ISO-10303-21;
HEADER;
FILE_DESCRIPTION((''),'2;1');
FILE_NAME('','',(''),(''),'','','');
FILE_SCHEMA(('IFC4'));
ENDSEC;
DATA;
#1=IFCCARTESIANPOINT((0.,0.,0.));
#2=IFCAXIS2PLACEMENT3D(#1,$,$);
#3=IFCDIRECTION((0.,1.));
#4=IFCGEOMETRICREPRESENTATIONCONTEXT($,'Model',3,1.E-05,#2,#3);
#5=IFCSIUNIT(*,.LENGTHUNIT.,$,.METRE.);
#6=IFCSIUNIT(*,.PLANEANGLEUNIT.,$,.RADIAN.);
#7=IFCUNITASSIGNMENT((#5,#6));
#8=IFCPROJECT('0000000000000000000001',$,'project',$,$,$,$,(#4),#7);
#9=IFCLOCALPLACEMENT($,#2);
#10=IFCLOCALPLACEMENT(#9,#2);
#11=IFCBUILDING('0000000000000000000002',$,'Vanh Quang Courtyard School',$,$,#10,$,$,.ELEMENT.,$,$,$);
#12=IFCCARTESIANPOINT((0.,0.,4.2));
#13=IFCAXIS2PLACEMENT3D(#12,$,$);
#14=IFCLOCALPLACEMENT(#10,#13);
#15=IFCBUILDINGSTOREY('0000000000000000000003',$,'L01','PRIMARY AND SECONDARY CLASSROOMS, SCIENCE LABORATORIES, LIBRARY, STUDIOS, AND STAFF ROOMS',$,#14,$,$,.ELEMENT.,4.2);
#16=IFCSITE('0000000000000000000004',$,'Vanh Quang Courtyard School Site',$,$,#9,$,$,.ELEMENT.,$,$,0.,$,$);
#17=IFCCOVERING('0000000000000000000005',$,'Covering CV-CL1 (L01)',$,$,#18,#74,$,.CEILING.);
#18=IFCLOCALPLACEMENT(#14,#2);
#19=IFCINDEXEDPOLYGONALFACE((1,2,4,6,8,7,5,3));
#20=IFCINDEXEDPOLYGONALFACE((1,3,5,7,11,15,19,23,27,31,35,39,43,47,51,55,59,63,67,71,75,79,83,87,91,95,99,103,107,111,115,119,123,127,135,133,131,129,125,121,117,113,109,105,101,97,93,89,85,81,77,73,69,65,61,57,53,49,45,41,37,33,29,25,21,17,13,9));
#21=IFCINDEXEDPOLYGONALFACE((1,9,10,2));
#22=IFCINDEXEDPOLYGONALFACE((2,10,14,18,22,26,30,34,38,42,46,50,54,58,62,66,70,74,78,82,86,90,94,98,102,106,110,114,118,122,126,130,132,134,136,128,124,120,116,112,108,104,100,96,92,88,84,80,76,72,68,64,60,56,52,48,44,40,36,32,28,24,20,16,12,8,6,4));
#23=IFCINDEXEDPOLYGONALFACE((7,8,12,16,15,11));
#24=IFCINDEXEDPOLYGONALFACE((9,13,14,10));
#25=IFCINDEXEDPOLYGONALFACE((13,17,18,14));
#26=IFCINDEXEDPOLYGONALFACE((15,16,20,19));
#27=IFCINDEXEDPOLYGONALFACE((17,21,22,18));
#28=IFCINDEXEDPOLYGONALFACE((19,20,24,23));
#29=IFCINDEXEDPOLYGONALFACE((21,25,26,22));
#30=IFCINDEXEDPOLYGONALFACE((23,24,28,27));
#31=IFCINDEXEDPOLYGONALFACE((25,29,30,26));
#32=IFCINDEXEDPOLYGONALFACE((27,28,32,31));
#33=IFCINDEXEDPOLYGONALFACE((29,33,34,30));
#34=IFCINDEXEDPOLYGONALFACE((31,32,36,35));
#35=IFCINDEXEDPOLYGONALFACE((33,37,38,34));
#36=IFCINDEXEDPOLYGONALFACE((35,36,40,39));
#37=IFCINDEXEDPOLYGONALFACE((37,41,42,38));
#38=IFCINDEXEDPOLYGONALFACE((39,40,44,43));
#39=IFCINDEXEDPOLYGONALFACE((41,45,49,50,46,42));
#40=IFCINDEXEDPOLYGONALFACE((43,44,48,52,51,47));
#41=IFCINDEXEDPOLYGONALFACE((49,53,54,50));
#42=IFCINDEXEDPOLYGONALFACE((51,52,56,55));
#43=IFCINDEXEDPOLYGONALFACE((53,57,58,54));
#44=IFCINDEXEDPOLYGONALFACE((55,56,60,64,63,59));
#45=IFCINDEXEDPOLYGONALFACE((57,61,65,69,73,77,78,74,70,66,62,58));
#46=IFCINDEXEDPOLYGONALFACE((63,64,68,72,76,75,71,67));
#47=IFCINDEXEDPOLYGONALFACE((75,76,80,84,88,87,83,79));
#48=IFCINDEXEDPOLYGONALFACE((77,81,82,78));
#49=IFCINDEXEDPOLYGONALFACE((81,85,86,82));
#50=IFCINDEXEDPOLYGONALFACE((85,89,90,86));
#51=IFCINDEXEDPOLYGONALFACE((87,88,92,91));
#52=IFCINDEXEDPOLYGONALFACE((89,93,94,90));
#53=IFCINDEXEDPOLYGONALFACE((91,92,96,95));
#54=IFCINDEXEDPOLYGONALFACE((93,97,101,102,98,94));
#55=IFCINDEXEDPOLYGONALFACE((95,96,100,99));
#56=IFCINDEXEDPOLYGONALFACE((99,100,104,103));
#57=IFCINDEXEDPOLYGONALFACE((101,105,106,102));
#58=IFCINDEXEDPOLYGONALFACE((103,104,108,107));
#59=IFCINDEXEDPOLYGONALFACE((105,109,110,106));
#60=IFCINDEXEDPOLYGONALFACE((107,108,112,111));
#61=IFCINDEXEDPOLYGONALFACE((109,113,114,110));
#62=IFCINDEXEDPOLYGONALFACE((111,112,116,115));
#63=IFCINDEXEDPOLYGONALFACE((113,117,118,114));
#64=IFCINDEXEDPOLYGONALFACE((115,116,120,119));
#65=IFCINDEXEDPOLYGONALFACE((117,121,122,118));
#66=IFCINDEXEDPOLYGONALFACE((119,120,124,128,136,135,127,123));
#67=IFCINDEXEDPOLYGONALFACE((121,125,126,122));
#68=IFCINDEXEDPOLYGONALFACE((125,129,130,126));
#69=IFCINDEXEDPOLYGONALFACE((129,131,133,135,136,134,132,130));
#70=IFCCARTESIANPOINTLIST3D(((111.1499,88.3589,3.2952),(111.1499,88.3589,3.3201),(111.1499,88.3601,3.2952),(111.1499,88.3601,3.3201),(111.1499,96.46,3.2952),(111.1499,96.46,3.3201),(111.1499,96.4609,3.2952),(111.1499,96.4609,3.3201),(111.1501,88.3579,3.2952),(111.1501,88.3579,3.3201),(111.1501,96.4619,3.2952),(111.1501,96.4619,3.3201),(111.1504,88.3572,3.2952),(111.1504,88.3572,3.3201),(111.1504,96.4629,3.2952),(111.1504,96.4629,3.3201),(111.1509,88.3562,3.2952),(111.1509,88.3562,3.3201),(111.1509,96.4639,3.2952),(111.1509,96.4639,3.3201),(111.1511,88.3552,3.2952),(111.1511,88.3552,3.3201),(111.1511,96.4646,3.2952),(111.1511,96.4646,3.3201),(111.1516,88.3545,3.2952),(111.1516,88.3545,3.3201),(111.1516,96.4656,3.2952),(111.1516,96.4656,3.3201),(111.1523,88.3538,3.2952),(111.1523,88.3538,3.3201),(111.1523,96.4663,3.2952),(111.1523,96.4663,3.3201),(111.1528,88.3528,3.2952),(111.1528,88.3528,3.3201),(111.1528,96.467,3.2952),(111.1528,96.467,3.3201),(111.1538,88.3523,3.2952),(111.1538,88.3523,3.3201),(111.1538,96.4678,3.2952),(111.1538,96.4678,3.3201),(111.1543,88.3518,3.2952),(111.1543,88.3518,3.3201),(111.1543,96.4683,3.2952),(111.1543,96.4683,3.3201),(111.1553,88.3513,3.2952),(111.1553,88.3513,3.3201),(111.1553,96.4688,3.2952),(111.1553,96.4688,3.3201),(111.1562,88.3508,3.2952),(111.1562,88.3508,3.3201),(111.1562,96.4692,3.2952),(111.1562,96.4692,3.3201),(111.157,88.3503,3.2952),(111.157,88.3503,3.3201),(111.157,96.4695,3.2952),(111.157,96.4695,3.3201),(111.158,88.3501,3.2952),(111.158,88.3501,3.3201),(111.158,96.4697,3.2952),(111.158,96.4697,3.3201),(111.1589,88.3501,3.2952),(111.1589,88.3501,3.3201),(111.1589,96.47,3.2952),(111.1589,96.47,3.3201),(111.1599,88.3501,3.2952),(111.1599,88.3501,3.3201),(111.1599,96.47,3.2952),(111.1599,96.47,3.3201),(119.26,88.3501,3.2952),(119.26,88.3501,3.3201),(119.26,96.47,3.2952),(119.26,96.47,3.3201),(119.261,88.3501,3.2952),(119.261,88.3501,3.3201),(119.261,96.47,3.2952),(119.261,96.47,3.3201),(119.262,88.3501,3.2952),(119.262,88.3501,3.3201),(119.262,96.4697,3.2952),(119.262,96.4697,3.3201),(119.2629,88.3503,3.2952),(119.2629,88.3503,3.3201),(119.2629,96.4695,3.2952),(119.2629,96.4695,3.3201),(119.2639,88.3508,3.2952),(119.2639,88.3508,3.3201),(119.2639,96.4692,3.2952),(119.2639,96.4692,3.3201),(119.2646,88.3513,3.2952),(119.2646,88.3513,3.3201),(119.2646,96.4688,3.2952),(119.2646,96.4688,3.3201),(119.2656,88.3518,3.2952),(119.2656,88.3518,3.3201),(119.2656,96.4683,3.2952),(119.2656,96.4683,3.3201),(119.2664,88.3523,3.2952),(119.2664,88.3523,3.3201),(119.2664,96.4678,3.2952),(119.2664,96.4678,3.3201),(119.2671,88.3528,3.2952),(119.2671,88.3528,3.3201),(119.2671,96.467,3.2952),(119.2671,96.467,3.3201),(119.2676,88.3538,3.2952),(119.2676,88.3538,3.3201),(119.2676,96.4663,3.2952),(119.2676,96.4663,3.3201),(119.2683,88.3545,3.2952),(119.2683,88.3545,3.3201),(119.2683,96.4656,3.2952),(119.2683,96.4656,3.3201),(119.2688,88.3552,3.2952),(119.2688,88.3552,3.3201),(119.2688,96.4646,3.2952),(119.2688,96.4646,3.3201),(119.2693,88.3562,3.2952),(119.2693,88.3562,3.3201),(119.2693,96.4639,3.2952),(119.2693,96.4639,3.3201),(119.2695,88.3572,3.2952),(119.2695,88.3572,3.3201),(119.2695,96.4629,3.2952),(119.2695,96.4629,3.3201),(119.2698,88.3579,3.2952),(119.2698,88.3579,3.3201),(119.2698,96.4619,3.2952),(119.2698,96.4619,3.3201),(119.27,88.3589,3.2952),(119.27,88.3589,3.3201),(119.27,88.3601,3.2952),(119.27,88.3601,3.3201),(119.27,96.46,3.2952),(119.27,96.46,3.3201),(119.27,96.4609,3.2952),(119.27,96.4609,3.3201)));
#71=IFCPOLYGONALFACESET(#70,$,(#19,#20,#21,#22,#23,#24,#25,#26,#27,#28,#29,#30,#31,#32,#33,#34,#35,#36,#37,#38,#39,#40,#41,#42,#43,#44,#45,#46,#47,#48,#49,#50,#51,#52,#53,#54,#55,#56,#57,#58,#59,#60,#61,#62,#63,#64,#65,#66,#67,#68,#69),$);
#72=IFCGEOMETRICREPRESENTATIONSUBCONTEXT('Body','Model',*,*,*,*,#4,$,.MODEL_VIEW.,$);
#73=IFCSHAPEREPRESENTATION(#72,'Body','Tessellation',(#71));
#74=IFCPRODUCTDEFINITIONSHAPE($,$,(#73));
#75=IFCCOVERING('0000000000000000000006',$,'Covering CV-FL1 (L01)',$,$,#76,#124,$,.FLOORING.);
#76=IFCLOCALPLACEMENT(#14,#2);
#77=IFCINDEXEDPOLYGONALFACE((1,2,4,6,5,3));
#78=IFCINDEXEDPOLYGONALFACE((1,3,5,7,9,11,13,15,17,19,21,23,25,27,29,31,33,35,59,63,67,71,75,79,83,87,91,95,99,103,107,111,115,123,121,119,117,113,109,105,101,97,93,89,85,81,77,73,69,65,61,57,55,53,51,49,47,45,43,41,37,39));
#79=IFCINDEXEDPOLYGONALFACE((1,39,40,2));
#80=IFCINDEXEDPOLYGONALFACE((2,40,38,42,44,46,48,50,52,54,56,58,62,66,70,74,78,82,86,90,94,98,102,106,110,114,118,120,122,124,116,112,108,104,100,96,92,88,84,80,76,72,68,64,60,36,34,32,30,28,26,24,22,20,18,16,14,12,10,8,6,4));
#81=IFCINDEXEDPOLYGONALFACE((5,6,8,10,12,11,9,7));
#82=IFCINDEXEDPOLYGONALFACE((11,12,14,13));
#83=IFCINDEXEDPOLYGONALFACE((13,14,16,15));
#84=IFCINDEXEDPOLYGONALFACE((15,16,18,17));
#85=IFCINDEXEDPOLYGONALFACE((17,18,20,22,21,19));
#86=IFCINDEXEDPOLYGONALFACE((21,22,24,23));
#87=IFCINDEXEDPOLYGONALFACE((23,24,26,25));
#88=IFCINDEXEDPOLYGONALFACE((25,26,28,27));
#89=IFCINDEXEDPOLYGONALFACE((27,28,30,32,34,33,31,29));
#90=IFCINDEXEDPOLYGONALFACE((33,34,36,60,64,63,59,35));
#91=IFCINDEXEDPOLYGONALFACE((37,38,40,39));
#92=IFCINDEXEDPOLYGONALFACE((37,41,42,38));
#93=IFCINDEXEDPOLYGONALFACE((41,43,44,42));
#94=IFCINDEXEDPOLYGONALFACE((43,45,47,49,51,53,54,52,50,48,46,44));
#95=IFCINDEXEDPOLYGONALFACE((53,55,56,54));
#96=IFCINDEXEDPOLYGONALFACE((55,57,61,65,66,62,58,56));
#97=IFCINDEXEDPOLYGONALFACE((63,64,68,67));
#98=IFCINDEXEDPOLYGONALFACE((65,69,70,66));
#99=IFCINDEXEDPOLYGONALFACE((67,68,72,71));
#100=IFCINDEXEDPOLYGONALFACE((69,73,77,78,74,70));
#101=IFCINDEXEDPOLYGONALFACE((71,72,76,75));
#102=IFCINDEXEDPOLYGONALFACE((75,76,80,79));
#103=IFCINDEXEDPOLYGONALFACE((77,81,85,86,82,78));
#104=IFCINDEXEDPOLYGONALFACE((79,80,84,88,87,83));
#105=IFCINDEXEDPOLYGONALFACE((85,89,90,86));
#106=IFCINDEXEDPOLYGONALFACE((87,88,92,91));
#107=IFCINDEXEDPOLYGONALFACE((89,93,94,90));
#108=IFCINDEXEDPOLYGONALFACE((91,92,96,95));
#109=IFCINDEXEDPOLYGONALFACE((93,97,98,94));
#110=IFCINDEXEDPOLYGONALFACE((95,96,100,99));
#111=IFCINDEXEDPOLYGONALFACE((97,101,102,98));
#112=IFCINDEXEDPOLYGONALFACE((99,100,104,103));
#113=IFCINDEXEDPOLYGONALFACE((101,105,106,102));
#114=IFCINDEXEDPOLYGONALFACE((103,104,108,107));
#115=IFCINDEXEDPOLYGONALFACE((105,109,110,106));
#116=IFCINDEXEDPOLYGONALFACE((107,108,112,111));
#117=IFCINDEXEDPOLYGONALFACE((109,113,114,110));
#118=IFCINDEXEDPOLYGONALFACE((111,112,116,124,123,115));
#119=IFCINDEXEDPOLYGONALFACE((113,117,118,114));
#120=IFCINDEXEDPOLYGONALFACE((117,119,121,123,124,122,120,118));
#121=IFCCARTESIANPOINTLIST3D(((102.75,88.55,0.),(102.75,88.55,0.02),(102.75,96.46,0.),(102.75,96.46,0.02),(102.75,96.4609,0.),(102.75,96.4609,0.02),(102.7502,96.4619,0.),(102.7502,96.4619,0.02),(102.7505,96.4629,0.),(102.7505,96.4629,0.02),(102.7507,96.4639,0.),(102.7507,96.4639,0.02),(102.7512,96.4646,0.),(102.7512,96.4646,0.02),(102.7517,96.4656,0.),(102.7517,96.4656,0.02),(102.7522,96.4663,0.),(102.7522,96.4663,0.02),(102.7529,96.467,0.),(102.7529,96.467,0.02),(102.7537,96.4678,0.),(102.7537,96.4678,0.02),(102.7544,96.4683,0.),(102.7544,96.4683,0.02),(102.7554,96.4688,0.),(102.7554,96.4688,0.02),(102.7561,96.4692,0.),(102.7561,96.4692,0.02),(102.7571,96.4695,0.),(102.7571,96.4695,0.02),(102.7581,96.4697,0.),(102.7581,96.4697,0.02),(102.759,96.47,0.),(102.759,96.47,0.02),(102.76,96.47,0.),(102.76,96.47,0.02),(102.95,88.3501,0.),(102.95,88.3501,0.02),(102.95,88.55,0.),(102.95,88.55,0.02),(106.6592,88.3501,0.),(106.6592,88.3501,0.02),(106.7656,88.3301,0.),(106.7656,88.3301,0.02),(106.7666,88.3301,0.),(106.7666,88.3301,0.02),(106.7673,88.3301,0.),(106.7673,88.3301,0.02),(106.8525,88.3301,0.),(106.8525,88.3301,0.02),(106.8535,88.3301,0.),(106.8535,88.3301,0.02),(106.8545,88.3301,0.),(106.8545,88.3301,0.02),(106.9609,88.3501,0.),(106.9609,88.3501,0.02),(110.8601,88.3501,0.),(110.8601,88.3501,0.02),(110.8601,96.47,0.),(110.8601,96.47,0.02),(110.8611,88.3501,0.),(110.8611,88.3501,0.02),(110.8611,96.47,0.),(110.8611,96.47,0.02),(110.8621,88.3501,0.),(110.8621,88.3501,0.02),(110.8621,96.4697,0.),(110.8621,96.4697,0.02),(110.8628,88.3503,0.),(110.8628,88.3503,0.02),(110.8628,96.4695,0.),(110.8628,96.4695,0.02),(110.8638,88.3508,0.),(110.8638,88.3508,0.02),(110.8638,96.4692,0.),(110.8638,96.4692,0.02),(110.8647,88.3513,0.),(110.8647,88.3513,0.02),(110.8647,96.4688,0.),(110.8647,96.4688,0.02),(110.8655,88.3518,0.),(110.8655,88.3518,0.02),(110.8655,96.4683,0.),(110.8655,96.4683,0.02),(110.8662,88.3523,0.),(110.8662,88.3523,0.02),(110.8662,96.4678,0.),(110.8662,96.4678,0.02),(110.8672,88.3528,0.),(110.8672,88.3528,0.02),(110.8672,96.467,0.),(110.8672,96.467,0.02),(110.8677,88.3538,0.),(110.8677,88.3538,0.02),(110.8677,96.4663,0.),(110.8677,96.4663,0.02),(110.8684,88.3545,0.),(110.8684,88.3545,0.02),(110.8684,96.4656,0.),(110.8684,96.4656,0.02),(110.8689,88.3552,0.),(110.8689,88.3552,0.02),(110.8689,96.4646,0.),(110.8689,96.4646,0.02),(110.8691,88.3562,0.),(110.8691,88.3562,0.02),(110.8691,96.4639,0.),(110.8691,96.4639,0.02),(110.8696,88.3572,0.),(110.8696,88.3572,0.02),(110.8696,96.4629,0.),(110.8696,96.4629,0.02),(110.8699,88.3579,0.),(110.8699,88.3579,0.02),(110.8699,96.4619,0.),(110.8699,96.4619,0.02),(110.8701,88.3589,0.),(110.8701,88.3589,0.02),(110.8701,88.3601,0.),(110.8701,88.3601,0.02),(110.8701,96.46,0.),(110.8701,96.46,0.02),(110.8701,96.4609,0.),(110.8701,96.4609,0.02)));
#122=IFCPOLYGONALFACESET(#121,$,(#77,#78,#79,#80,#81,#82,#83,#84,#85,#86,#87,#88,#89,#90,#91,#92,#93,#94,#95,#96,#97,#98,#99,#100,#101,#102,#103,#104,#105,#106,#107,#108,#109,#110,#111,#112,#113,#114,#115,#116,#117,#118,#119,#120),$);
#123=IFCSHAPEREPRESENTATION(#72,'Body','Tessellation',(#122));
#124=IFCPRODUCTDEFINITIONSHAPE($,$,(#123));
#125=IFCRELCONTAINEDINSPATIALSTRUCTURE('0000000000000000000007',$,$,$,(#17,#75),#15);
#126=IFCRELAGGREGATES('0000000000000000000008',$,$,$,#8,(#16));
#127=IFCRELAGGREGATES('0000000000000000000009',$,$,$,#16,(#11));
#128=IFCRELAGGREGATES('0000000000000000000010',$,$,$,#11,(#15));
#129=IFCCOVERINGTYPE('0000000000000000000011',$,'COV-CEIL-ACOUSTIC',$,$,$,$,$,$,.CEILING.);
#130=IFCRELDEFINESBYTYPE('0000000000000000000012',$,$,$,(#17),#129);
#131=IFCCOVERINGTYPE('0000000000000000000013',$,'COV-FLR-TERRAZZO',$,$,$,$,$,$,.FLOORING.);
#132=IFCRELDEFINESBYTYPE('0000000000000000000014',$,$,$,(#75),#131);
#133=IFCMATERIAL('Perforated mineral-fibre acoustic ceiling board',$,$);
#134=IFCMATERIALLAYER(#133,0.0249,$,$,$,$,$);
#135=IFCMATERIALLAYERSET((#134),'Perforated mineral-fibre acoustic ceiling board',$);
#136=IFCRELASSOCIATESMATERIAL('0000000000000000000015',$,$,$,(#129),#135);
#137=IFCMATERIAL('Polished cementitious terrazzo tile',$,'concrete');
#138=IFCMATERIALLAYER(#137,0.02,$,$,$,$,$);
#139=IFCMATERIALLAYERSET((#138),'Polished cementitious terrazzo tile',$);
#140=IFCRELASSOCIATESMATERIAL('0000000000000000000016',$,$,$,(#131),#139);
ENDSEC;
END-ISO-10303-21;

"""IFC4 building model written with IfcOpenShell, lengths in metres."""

from ifc_helpers import new_model, si_unit, direction, frame, origin, place, context, subcontext, project, spatial, polyline, outline, extrude, material, layer, layer_set, type_object, element, save


model = new_model("IFC4")

# Units and contexts
model_context = context("Model", 3, precision=1e-05, world=origin(), true_north=direction((0.0, 1.0)))
body_context = subcontext(model_context, "Body", "Model", "MODEL_VIEW")
ifc_project = project(units=[si_unit("LENGTHUNIT", "METRE"), si_unit("PLANEANGLEUNIT", "RADIAN")], contexts=[model_context])

# Site, building, storey
site_placement = place(None, origin())
site = spatial("IfcSite", under=ifc_project, at=site_placement, Name="Vanh Quang Courtyard School Site", CompositionType="ELEMENT", RefElevation=0.0)
building_placement = place(site_placement, origin())
building = spatial("IfcBuilding", under=site, at=building_placement, Name="Vanh Quang Courtyard School", CompositionType="ELEMENT")
storey_placement = place(building_placement, frame((0.0, 0.0, 4.2)))
storey = spatial("IfcBuildingStorey", under=building, at=storey_placement, Name="L01", Description="PRIMARY AND SECONDARY CLASSROOMS, SCIENCE LABORATORIES, LIBRARY, STUDIOS, AND STAFF ROOMS", CompositionType="ELEMENT", Elevation=4.2)

# Coverings
ifc_material_1 = material(Name="Perforated mineral-fibre acoustic ceiling board")
ifc_layer_1 = layer(ifc_material_1, 0.0249)
ifc_layer_set_1 = layer_set([ifc_layer_1], Name="Perforated mineral-fibre acoustic ceiling board")
covering_type_1 = type_object("IfcCoveringType", Name="COV-CEIL-ACOUSTIC", PredefinedType="CEILING", material=ifc_layer_set_1)
covering_1_placement = place(storey_placement, frame((0.0, 0.0, 3.2952)))
element("IfcCovering", 1, at=covering_1_placement, inside=storey, type_object=covering_type_1, Name="Covering CV-CL1 (L01)", PredefinedType="CEILING", context=body_context, shape_type="SweptSolid", body=[
    extrude(outline(polyline([(111.1599, 88.3501), (111.1589, 88.3501), (111.158, 88.3501), (111.157, 88.3503), (111.1562, 88.3508), (111.1553, 88.3513), (111.1543, 88.3518), (111.1538, 88.3523), (111.1528, 88.3528), (111.1523, 88.3538), (111.1516, 88.3545), (111.1511, 88.3552), (111.1509, 88.3562), (111.1504, 88.3572), (111.1501, 88.3579), (111.1499, 88.3589), (111.1499, 88.3601), (111.1499, 96.46), (111.1499, 96.4609), (111.1501, 96.4619), (111.1504, 96.4629), (111.1509, 96.4639), (111.1511, 96.4646), (111.1516, 96.4656), (111.1523, 96.4663), (111.1528, 96.467), (111.1538, 96.4678), (111.1543, 96.4683), (111.1553, 96.4688), (111.1562, 96.4692), (111.157, 96.4695), (111.158, 96.4697), (111.1589, 96.47), (111.1599, 96.47), (119.26, 96.47), (119.261, 96.47), (119.262, 96.4697), (119.2629, 96.4695), (119.2639, 96.4692), (119.2646, 96.4688), (119.2656, 96.4683), (119.2664, 96.4678), (119.2671, 96.467), (119.2676, 96.4663), (119.2683, 96.4656), (119.2688, 96.4646), (119.2693, 96.4639), (119.2695, 96.4629), (119.2698, 96.4619), (119.27, 96.4609), (119.27, 96.46), (119.27, 88.3601), (119.27, 88.3589), (119.2698, 88.3579), (119.2695, 88.3572), (119.2693, 88.3562), (119.2688, 88.3552), (119.2683, 88.3545), (119.2676, 88.3538), (119.2671, 88.3528), (119.2664, 88.3523), (119.2656, 88.3518), (119.2646, 88.3513), (119.2639, 88.3508), (119.2629, 88.3503), (119.262, 88.3501), (119.261, 88.3501), (119.26, 88.3501), (111.1599, 88.3501)])), origin(), (0.0, 0.0, 1.0), 0.0249),
])
ifc_material_2 = material(Name="Polished cementitious terrazzo tile", Category="concrete")
ifc_layer_2 = layer(ifc_material_2, 0.02)
ifc_layer_set_2 = layer_set([ifc_layer_2], Name="Polished cementitious terrazzo tile")
covering_type_2 = type_object("IfcCoveringType", Name="COV-FLR-TERRAZZO", PredefinedType="FLOORING", material=ifc_layer_set_2)
covering_2_placement = place(storey_placement, origin())
element("IfcCovering", 2, at=covering_2_placement, inside=storey, type_object=covering_type_2, Name="Covering CV-FL1 (L01)", PredefinedType="FLOORING", context=body_context, shape_type="SweptSolid", body=[
    extrude(outline(polyline([(102.95, 88.3501), (102.95, 88.55), (102.75, 88.55), (102.75, 96.46), (102.75, 96.4609), (102.7502, 96.4619), (102.7505, 96.4629), (102.7507, 96.4639), (102.7512, 96.4646), (102.7517, 96.4656), (102.7522, 96.4663), (102.7529, 96.467), (102.7537, 96.4678), (102.7544, 96.4683), (102.7554, 96.4688), (102.7561, 96.4692), (102.7571, 96.4695), (102.7581, 96.4697), (102.759, 96.47), (102.76, 96.47), (110.8601, 96.47), (110.8611, 96.47), (110.8621, 96.4697), (110.8628, 96.4695), (110.8638, 96.4692), (110.8647, 96.4688), (110.8655, 96.4683), (110.8662, 96.4678), (110.8672, 96.467), (110.8677, 96.4663), (110.8684, 96.4656), (110.8689, 96.4646), (110.8691, 96.4639), (110.8696, 96.4629), (110.8699, 96.4619), (110.8701, 96.4609), (110.8701, 96.46), (110.8701, 88.3601), (110.8701, 88.3589), (110.8699, 88.3579), (110.8696, 88.3572), (110.8691, 88.3562), (110.8689, 88.3552), (110.8684, 88.3545), (110.8677, 88.3538), (110.8672, 88.3528), (110.8662, 88.3523), (110.8655, 88.3518), (110.8647, 88.3513), (110.8638, 88.3508), (110.8628, 88.3503), (110.8621, 88.3501), (110.8611, 88.3501), (110.8601, 88.3501), (106.9609, 88.3501), (106.8545, 88.3301), (106.8535, 88.3301), (106.8525, 88.3301), (106.7673, 88.3301), (106.7666, 88.3301), (106.7656, 88.3301), (106.6592, 88.3501), (102.95, 88.3501)])), origin(), (0.0, 0.0, 1.0), 0.02),
])

save(model, "model.ifc")
